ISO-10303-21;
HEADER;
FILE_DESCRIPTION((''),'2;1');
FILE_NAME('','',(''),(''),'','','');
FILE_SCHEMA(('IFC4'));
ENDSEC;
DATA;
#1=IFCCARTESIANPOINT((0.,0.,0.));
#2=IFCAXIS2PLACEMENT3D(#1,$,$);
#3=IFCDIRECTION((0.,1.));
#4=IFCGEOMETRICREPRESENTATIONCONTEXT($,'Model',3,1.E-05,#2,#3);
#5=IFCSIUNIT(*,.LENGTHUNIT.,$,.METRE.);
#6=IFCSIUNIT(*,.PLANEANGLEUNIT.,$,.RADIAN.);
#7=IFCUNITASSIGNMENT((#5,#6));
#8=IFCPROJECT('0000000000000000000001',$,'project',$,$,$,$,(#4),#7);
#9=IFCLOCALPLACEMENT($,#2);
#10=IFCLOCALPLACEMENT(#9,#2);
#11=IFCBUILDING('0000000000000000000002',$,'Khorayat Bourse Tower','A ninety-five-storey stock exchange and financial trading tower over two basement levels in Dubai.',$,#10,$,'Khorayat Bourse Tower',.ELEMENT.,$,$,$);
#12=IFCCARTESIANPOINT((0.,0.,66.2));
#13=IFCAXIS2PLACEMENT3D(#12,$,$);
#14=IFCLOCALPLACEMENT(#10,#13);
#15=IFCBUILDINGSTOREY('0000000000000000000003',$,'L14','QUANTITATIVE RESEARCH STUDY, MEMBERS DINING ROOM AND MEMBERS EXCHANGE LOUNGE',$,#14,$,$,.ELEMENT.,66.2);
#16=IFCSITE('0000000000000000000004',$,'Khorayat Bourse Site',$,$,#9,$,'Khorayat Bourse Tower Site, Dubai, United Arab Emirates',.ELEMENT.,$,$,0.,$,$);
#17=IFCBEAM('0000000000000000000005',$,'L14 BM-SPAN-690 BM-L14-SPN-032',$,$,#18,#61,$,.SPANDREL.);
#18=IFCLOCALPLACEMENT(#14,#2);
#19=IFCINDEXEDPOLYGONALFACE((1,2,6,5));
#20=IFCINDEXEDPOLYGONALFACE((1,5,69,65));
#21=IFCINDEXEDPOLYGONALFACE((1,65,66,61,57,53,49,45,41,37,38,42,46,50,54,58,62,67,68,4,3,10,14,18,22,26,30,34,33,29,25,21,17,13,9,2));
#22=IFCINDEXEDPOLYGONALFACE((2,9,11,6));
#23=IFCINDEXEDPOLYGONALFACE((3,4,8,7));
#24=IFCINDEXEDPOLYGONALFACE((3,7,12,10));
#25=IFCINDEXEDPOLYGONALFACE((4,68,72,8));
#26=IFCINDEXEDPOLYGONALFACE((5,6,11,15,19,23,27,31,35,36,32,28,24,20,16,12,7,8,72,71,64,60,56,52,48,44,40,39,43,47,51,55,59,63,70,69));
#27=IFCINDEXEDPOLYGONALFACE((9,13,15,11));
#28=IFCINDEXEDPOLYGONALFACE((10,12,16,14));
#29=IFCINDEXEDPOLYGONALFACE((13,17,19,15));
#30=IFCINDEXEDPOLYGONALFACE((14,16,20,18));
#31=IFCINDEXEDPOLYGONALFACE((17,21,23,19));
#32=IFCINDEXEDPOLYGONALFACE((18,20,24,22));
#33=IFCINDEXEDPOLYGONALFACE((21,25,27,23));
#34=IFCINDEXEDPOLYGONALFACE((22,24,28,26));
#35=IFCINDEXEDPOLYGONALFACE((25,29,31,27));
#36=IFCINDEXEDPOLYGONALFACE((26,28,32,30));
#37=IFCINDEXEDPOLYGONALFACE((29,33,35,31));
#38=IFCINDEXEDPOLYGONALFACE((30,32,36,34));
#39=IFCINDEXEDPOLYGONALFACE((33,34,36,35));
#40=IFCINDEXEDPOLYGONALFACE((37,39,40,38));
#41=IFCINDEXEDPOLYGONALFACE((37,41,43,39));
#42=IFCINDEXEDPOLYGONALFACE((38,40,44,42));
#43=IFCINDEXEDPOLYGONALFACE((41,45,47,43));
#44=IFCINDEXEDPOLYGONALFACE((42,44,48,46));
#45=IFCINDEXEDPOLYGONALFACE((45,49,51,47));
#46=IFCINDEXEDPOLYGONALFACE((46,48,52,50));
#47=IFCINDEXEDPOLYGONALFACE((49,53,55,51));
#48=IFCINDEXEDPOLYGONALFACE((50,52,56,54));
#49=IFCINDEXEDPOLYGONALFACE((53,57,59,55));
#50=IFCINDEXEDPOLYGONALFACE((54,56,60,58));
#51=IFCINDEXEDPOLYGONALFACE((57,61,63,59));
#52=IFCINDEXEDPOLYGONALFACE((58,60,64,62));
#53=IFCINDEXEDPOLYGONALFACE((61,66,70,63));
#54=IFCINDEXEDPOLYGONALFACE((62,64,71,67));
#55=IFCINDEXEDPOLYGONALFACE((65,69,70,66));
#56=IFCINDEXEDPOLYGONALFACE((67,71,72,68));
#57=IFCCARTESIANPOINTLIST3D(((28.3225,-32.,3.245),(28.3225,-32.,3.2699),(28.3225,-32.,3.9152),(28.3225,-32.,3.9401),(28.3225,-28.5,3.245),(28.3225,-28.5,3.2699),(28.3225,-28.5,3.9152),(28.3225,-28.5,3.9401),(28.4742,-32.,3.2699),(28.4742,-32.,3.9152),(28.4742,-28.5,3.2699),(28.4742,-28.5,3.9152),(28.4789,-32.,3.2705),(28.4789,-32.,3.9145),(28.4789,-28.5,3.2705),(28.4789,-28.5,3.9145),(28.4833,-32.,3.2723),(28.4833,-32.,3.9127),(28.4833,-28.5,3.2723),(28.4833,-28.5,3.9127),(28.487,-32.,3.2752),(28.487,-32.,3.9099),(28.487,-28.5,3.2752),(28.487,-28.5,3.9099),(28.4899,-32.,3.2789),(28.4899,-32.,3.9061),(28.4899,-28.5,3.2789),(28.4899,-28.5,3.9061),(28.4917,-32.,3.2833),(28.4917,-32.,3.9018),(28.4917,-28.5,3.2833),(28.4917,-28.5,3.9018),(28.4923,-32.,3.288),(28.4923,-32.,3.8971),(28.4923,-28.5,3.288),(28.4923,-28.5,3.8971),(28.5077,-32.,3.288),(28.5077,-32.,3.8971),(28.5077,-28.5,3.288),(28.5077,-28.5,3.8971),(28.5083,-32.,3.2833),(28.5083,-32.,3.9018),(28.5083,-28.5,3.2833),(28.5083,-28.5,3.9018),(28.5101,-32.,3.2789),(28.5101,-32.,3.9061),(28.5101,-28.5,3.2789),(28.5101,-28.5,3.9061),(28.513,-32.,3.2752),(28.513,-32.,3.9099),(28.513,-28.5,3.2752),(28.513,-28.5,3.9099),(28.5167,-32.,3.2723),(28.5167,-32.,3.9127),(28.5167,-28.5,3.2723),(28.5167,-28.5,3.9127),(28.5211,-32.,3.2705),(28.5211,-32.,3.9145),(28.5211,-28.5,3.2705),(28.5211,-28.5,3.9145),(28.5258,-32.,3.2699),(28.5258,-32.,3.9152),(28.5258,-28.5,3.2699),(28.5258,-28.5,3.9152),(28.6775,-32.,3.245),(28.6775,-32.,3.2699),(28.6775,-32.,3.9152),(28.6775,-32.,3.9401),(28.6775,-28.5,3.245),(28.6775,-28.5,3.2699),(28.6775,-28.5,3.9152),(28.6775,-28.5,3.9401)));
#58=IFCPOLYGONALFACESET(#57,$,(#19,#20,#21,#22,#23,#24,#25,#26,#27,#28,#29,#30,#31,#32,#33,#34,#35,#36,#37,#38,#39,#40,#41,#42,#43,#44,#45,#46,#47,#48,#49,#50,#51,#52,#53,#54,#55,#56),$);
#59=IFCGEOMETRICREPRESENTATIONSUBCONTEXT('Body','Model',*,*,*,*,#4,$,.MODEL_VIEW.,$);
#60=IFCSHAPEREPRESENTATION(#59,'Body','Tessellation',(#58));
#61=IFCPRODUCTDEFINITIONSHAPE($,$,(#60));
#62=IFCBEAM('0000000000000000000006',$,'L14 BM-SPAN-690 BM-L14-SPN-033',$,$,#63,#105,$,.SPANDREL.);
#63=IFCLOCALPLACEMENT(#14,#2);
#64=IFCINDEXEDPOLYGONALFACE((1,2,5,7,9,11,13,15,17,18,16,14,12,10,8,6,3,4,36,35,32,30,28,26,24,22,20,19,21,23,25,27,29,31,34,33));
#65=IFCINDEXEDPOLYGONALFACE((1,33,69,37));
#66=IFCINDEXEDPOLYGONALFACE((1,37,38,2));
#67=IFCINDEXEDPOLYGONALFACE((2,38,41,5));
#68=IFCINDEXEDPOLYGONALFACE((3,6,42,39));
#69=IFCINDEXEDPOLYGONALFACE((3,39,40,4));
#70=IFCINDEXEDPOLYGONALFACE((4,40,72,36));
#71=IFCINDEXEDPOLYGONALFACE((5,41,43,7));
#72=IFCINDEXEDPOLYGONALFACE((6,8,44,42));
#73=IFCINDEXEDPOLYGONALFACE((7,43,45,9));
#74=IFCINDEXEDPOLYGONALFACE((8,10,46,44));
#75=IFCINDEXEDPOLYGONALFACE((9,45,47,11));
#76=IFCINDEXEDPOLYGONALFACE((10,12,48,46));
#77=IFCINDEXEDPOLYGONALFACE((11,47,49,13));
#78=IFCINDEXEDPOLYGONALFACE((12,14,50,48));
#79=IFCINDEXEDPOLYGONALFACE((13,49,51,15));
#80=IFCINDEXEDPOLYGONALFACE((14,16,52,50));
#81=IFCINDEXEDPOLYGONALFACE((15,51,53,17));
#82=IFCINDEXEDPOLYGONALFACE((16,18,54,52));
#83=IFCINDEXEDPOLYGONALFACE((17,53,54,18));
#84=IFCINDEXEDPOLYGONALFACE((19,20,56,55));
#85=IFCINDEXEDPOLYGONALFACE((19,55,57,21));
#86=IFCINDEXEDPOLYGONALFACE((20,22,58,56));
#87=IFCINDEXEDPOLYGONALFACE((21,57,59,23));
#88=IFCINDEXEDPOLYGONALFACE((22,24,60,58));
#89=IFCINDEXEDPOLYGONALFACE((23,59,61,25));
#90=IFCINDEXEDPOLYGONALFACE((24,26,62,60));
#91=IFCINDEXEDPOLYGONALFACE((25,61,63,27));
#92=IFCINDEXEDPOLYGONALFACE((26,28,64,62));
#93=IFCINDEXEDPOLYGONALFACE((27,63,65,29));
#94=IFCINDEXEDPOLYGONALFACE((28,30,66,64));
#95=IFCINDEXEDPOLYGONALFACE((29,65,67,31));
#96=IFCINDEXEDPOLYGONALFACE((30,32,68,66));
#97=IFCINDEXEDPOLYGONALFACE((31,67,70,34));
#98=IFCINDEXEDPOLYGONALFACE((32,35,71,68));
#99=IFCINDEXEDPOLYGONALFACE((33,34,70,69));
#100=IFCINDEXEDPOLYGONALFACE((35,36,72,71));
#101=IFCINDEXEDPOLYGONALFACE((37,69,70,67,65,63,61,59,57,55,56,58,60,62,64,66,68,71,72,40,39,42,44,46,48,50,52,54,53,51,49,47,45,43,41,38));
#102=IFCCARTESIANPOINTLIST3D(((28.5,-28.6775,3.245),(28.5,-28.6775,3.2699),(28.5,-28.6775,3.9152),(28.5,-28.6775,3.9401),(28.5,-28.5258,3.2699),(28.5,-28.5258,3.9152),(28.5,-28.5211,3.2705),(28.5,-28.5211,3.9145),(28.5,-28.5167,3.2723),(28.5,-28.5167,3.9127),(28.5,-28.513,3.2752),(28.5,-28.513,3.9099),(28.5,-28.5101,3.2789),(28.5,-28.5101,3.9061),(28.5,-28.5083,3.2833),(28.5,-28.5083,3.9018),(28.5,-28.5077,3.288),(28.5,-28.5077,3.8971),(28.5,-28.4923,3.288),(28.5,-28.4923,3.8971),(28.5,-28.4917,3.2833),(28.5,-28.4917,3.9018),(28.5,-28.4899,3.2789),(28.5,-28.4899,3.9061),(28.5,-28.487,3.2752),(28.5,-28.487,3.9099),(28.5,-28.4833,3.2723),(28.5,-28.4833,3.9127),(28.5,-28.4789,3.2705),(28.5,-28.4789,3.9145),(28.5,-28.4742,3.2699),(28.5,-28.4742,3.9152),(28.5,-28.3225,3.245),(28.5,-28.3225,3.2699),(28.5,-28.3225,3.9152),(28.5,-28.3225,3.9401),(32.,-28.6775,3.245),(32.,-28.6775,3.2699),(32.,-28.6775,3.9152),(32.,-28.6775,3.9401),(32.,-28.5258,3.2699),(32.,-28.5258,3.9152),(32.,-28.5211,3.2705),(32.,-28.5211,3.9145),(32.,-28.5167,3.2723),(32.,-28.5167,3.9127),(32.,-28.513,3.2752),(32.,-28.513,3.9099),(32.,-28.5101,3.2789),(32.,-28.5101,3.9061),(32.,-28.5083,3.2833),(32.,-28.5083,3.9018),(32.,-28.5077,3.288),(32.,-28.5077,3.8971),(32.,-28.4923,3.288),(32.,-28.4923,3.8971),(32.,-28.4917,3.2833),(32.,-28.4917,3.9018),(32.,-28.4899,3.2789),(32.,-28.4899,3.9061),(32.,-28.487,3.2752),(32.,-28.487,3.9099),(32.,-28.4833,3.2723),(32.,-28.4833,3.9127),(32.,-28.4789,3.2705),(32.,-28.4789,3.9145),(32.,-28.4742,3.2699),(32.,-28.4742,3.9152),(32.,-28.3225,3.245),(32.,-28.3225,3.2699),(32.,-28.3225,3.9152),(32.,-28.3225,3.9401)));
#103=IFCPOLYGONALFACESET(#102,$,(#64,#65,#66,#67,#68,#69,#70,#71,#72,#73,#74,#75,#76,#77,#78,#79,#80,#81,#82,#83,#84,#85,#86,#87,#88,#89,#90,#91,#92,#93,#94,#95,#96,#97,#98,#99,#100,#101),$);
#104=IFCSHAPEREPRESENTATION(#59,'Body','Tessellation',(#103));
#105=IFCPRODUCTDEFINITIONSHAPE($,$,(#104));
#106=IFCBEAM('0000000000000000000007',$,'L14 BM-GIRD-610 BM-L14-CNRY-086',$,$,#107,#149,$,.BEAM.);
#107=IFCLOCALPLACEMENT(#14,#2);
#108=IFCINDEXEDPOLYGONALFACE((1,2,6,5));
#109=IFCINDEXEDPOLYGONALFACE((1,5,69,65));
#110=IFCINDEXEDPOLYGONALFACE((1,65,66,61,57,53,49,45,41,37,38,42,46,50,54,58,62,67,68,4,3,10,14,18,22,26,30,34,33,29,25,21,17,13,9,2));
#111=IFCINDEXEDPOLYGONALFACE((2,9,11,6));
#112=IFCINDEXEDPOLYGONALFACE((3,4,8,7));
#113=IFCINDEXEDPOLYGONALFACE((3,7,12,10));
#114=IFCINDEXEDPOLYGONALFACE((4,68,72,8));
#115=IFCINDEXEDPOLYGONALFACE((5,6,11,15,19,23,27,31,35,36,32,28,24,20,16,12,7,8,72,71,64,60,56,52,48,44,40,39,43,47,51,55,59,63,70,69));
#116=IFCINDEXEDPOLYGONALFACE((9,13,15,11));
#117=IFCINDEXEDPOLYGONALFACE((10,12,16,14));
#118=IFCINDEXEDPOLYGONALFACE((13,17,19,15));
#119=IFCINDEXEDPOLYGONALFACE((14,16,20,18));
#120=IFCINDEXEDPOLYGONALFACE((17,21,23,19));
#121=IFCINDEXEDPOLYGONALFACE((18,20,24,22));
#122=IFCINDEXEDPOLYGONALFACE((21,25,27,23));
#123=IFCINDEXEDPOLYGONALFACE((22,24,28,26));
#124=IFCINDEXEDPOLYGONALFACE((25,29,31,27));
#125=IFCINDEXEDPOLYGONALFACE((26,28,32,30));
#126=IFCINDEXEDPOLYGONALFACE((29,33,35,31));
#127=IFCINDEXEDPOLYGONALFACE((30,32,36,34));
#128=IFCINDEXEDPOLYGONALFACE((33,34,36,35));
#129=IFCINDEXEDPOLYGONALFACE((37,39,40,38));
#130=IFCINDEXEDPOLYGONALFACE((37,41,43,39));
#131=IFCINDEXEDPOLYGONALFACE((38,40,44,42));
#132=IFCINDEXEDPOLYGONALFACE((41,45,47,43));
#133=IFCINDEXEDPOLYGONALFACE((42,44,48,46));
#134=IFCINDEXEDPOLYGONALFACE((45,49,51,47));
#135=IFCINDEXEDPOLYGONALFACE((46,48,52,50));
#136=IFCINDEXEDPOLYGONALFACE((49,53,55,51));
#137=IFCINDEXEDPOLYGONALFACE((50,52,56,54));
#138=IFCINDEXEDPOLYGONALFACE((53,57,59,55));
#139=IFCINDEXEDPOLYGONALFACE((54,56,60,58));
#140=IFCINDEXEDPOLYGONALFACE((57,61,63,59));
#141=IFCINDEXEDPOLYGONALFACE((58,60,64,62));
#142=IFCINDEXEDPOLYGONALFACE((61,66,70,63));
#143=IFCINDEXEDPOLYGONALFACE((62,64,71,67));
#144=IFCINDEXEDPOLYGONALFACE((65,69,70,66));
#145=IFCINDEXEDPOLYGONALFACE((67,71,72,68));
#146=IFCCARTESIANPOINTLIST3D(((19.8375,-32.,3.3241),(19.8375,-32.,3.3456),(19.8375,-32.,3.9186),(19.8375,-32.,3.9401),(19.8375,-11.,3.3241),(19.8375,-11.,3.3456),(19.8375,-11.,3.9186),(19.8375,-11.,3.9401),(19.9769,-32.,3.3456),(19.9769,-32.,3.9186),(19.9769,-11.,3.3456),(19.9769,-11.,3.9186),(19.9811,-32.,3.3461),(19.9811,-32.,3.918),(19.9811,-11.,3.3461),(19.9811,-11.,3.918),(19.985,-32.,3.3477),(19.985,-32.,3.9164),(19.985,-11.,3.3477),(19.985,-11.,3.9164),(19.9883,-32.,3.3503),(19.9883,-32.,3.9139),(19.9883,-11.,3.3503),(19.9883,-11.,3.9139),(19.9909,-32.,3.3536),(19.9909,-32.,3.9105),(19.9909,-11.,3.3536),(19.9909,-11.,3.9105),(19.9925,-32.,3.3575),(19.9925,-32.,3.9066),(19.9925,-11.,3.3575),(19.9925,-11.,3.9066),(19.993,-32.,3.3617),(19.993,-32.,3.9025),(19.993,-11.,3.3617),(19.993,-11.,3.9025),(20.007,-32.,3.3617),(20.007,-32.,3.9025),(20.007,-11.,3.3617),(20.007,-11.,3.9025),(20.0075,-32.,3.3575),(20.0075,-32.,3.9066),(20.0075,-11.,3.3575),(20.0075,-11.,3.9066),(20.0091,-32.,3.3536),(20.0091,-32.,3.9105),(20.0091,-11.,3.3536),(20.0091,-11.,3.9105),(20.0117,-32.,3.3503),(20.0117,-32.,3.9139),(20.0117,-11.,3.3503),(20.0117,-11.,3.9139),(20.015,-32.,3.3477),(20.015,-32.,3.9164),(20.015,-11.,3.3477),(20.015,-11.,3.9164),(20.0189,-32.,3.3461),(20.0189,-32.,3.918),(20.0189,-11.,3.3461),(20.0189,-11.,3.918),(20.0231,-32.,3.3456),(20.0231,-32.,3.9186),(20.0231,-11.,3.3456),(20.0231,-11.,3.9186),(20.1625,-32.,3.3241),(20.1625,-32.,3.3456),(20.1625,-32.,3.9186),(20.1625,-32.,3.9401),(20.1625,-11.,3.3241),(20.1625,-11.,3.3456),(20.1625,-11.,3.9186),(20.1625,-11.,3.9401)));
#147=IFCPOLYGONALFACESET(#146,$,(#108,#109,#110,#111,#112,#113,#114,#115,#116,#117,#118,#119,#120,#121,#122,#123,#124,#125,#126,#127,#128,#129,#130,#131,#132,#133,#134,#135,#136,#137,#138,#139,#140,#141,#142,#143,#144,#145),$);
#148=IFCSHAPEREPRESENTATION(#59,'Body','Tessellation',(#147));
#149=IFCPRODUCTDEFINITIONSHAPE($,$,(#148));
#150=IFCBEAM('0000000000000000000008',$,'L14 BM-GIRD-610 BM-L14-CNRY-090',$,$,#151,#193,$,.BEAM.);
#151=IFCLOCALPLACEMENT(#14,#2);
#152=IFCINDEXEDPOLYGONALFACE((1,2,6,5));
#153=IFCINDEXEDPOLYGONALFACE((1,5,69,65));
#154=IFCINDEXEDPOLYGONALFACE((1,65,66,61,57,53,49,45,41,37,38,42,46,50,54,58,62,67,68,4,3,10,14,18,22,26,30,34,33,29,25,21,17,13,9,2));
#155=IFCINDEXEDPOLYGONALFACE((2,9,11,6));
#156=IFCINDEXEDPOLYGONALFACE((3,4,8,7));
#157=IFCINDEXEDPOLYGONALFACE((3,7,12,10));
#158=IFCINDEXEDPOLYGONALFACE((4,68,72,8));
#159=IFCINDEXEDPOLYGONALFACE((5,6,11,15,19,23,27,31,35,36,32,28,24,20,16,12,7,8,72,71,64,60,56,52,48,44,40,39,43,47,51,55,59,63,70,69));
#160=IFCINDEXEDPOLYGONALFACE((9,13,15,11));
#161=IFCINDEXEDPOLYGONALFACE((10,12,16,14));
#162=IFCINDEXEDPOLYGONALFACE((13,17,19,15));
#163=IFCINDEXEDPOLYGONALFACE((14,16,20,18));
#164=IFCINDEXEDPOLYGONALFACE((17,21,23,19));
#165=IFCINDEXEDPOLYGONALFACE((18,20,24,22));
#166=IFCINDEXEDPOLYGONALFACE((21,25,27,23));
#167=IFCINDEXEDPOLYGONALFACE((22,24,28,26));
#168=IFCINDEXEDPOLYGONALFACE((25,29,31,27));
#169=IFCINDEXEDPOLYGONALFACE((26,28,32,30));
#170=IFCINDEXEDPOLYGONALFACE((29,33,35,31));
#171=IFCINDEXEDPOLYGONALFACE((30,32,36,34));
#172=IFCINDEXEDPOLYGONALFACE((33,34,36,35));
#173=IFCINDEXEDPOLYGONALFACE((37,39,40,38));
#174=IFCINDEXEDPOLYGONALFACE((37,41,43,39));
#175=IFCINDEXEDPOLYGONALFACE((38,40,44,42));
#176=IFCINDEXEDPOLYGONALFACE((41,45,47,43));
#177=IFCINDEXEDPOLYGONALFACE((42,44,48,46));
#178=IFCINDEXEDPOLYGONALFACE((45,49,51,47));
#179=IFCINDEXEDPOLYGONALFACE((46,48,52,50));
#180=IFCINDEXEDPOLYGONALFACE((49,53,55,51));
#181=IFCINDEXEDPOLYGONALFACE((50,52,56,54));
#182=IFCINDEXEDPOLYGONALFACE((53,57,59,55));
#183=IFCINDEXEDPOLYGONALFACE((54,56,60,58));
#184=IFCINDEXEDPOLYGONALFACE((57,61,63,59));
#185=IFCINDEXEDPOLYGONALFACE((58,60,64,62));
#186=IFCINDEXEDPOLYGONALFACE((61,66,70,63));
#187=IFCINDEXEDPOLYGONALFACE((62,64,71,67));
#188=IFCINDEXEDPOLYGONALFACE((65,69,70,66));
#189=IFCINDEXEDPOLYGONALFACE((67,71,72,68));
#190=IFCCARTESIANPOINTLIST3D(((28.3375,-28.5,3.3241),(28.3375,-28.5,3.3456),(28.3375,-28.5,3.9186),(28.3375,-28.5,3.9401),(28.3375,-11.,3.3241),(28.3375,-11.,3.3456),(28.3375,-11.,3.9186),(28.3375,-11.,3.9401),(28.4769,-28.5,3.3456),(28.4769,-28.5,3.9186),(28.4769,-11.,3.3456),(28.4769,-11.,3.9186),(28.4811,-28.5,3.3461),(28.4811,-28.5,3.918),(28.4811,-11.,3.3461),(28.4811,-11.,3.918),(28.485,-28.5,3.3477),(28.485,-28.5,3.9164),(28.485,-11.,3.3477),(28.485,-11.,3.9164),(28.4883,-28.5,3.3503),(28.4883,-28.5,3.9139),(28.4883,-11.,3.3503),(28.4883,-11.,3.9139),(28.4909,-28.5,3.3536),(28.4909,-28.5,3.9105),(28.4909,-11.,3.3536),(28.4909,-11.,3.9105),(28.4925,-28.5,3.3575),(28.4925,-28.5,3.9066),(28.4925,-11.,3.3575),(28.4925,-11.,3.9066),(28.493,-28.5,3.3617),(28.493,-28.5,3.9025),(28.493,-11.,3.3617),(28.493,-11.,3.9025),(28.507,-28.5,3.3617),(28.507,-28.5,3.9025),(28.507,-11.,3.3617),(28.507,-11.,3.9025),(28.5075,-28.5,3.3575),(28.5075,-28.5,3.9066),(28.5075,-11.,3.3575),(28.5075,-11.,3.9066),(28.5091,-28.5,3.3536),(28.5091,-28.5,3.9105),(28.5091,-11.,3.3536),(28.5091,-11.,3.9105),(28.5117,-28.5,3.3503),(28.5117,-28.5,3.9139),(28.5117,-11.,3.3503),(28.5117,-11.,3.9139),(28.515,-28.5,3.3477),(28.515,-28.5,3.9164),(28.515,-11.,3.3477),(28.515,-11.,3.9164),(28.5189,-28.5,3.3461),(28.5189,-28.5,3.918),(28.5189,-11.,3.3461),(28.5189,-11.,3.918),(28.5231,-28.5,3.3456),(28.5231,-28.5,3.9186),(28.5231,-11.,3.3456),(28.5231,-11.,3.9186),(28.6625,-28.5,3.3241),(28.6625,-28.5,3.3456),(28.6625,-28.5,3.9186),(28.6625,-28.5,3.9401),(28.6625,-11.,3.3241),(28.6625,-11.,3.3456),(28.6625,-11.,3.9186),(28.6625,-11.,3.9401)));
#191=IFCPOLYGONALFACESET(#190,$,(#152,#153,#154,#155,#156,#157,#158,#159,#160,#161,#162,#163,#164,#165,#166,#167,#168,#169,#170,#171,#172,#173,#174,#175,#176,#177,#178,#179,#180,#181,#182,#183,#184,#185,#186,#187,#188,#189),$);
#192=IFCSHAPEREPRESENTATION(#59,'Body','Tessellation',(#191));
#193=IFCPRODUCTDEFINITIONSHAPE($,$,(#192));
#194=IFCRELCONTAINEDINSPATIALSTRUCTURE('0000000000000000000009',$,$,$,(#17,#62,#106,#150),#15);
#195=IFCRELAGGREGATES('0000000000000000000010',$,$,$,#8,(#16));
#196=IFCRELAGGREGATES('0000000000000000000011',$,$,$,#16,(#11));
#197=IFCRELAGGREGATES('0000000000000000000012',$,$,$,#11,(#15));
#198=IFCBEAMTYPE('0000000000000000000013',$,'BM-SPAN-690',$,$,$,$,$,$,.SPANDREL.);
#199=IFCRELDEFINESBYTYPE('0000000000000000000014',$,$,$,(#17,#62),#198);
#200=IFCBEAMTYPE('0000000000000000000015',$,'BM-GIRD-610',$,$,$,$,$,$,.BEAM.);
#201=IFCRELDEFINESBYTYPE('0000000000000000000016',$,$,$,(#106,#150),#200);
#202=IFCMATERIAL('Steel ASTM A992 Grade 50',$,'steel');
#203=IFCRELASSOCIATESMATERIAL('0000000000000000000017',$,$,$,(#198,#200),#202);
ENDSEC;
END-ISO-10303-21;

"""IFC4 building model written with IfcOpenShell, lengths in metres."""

from ifc_helpers import new_model, si_unit, direction, frame, origin, origin_2d, place, context, subcontext, project, spatial, i_section, extrude, source, transform, mapped, material, material_profile, profile_set, type_object, element, save


model = new_model("IFC4")

# Units and contexts
model_context = context("Model", 3, precision=1e-05, world=origin(), true_north=direction((0.0, 1.0)))
body_context = subcontext(model_context, "Body", "Model", "MODEL_VIEW")
ifc_project = project(units=[si_unit("LENGTHUNIT", "METRE"), si_unit("PLANEANGLEUNIT", "RADIAN")], contexts=[model_context])

# Site, building, storey
site_placement = place(None, origin())
site = spatial("IfcSite", under=ifc_project, at=site_placement, Name="Khorayat Bourse Site", LongName="Khorayat Bourse Tower Site, Dubai, United Arab Emirates", CompositionType="ELEMENT", RefElevation=0.0)
building_placement = place(site_placement, origin())
building = spatial("IfcBuilding", under=site, at=building_placement, Name="Khorayat Bourse Tower", Description="A ninety-five-storey stock exchange and financial trading tower over two basement levels in Dubai.", LongName="Khorayat Bourse Tower", CompositionType="ELEMENT")
storey_placement = place(building_placement, frame((0.0, 0.0, 66.2)))
storey = spatial("IfcBuildingStorey", under=building, at=storey_placement, Name="L14", Description="QUANTITATIVE RESEARCH STUDY, MEMBERS DINING ROOM AND MEMBERS EXCHANGE LOUNGE", CompositionType="ELEMENT", Elevation=66.2)

# Beams
ifc_material_1 = material(Name="Steel ASTM A992 Grade 50", Category="steel")
ifc_material_profile_1 = material_profile(ifc_material_1, i_section(OverallWidth=0.355, OverallDepth=0.6951, WebThickness=0.0154, FlangeThickness=0.0249, FilletRadius=0.0181, at=origin_2d()), Name="W690X217")
ifc_profile_set_1 = profile_set([ifc_material_profile_1], Name="Steel ASTM A992 Grade 50")
beam_type_1 = type_object("IfcBeamType", Name="BM-SPAN-690", PredefinedType="SPANDREL", material=ifc_profile_set_1)
shared_shape_1 = source(origin(), body_context, "Body", "SweptSolid", [
    extrude(i_section(OverallWidth=0.355, OverallDepth=0.6951, WebThickness=0.0154, FlangeThickness=0.0249, FilletRadius=0.0181, at=origin_2d()), origin(), (0.0, 0.0, 1.0), 3.5),
])
for number, where, z_axis, x_axis, name in (
    (1, (28.5, -32.0, 3.5925), (0.0, 1.0, 0.0), (-1.0, 0.0, 0.0), "L14 BM-SPAN-690 BM-L14-SPN-032"),
    (2, (28.5, -28.5, 3.5925), (1.0, 0.0, 0.0), (0.0, 1.0, 0.0), "L14 BM-SPAN-690 BM-L14-SPN-033"),
):
    element("IfcBeam", number, at=place(storey_placement, frame(where, z_axis=z_axis, x_axis=x_axis)), inside=storey, type_object=beam_type_1, Name=name, PredefinedType="SPANDREL", context=body_context, shape_type="MappedRepresentation", body=[
        mapped(shared_shape_1, transform((0.0, 0.0, 0.0), scale=1.0)),
    ])
ifc_material_profile_2 = material_profile(ifc_material_1, i_section(OverallWidth=0.325, OverallDepth=0.616, WebThickness=0.0139, FlangeThickness=0.0215, FilletRadius=0.0161, at=origin_2d()), Name="W610X174")
ifc_profile_set_2 = profile_set([ifc_material_profile_2], Name="Steel ASTM A992 Grade 50")
beam_type_2 = type_object("IfcBeamType", Name="BM-GIRD-610", PredefinedType="BEAM", material=ifc_profile_set_2)
shared_shape_2 = source(origin(), body_context, "Body", "SweptSolid", [
    extrude(i_section(OverallWidth=0.325, OverallDepth=0.616, WebThickness=0.0139, FlangeThickness=0.0215, FilletRadius=0.0161, at=origin_2d()), origin(), (0.0, 0.0, 1.0), 21.0),
])
beam_1_placement = place(storey_placement, frame((20.0, -32.0, 3.6321), z_axis=(0.0, 1.0, 0.0), x_axis=(-1.0, 0.0, 0.0)))
element("IfcBeam", 3, at=beam_1_placement, inside=storey, type_object=beam_type_2, Name="L14 BM-GIRD-610 BM-L14-CNRY-086", PredefinedType="BEAM", context=body_context, shape_type="MappedRepresentation", body=[
    mapped(shared_shape_2, transform((0.0, 0.0, 0.0), scale=1.0)),
])
shared_shape_3 = source(origin(), body_context, "Body", "SweptSolid", [
    extrude(i_section(OverallWidth=0.325, OverallDepth=0.616, WebThickness=0.0139, FlangeThickness=0.0215, FilletRadius=0.0161, at=origin_2d()), origin(), (0.0, 0.0, 1.0), 17.5),
])
beam_2_placement = place(storey_placement, frame((28.5, -28.5, 3.6321), z_axis=(0.0, 1.0, 0.0), x_axis=(-1.0, 0.0, 0.0)))
element("IfcBeam", 4, at=beam_2_placement, inside=storey, type_object=beam_type_2, Name="L14 BM-GIRD-610 BM-L14-CNRY-090", PredefinedType="BEAM", context=body_context, shape_type="MappedRepresentation", body=[
    mapped(shared_shape_3, transform((0.0, 0.0, 0.0), scale=1.0)),
])

save(model, "model.ifc")
